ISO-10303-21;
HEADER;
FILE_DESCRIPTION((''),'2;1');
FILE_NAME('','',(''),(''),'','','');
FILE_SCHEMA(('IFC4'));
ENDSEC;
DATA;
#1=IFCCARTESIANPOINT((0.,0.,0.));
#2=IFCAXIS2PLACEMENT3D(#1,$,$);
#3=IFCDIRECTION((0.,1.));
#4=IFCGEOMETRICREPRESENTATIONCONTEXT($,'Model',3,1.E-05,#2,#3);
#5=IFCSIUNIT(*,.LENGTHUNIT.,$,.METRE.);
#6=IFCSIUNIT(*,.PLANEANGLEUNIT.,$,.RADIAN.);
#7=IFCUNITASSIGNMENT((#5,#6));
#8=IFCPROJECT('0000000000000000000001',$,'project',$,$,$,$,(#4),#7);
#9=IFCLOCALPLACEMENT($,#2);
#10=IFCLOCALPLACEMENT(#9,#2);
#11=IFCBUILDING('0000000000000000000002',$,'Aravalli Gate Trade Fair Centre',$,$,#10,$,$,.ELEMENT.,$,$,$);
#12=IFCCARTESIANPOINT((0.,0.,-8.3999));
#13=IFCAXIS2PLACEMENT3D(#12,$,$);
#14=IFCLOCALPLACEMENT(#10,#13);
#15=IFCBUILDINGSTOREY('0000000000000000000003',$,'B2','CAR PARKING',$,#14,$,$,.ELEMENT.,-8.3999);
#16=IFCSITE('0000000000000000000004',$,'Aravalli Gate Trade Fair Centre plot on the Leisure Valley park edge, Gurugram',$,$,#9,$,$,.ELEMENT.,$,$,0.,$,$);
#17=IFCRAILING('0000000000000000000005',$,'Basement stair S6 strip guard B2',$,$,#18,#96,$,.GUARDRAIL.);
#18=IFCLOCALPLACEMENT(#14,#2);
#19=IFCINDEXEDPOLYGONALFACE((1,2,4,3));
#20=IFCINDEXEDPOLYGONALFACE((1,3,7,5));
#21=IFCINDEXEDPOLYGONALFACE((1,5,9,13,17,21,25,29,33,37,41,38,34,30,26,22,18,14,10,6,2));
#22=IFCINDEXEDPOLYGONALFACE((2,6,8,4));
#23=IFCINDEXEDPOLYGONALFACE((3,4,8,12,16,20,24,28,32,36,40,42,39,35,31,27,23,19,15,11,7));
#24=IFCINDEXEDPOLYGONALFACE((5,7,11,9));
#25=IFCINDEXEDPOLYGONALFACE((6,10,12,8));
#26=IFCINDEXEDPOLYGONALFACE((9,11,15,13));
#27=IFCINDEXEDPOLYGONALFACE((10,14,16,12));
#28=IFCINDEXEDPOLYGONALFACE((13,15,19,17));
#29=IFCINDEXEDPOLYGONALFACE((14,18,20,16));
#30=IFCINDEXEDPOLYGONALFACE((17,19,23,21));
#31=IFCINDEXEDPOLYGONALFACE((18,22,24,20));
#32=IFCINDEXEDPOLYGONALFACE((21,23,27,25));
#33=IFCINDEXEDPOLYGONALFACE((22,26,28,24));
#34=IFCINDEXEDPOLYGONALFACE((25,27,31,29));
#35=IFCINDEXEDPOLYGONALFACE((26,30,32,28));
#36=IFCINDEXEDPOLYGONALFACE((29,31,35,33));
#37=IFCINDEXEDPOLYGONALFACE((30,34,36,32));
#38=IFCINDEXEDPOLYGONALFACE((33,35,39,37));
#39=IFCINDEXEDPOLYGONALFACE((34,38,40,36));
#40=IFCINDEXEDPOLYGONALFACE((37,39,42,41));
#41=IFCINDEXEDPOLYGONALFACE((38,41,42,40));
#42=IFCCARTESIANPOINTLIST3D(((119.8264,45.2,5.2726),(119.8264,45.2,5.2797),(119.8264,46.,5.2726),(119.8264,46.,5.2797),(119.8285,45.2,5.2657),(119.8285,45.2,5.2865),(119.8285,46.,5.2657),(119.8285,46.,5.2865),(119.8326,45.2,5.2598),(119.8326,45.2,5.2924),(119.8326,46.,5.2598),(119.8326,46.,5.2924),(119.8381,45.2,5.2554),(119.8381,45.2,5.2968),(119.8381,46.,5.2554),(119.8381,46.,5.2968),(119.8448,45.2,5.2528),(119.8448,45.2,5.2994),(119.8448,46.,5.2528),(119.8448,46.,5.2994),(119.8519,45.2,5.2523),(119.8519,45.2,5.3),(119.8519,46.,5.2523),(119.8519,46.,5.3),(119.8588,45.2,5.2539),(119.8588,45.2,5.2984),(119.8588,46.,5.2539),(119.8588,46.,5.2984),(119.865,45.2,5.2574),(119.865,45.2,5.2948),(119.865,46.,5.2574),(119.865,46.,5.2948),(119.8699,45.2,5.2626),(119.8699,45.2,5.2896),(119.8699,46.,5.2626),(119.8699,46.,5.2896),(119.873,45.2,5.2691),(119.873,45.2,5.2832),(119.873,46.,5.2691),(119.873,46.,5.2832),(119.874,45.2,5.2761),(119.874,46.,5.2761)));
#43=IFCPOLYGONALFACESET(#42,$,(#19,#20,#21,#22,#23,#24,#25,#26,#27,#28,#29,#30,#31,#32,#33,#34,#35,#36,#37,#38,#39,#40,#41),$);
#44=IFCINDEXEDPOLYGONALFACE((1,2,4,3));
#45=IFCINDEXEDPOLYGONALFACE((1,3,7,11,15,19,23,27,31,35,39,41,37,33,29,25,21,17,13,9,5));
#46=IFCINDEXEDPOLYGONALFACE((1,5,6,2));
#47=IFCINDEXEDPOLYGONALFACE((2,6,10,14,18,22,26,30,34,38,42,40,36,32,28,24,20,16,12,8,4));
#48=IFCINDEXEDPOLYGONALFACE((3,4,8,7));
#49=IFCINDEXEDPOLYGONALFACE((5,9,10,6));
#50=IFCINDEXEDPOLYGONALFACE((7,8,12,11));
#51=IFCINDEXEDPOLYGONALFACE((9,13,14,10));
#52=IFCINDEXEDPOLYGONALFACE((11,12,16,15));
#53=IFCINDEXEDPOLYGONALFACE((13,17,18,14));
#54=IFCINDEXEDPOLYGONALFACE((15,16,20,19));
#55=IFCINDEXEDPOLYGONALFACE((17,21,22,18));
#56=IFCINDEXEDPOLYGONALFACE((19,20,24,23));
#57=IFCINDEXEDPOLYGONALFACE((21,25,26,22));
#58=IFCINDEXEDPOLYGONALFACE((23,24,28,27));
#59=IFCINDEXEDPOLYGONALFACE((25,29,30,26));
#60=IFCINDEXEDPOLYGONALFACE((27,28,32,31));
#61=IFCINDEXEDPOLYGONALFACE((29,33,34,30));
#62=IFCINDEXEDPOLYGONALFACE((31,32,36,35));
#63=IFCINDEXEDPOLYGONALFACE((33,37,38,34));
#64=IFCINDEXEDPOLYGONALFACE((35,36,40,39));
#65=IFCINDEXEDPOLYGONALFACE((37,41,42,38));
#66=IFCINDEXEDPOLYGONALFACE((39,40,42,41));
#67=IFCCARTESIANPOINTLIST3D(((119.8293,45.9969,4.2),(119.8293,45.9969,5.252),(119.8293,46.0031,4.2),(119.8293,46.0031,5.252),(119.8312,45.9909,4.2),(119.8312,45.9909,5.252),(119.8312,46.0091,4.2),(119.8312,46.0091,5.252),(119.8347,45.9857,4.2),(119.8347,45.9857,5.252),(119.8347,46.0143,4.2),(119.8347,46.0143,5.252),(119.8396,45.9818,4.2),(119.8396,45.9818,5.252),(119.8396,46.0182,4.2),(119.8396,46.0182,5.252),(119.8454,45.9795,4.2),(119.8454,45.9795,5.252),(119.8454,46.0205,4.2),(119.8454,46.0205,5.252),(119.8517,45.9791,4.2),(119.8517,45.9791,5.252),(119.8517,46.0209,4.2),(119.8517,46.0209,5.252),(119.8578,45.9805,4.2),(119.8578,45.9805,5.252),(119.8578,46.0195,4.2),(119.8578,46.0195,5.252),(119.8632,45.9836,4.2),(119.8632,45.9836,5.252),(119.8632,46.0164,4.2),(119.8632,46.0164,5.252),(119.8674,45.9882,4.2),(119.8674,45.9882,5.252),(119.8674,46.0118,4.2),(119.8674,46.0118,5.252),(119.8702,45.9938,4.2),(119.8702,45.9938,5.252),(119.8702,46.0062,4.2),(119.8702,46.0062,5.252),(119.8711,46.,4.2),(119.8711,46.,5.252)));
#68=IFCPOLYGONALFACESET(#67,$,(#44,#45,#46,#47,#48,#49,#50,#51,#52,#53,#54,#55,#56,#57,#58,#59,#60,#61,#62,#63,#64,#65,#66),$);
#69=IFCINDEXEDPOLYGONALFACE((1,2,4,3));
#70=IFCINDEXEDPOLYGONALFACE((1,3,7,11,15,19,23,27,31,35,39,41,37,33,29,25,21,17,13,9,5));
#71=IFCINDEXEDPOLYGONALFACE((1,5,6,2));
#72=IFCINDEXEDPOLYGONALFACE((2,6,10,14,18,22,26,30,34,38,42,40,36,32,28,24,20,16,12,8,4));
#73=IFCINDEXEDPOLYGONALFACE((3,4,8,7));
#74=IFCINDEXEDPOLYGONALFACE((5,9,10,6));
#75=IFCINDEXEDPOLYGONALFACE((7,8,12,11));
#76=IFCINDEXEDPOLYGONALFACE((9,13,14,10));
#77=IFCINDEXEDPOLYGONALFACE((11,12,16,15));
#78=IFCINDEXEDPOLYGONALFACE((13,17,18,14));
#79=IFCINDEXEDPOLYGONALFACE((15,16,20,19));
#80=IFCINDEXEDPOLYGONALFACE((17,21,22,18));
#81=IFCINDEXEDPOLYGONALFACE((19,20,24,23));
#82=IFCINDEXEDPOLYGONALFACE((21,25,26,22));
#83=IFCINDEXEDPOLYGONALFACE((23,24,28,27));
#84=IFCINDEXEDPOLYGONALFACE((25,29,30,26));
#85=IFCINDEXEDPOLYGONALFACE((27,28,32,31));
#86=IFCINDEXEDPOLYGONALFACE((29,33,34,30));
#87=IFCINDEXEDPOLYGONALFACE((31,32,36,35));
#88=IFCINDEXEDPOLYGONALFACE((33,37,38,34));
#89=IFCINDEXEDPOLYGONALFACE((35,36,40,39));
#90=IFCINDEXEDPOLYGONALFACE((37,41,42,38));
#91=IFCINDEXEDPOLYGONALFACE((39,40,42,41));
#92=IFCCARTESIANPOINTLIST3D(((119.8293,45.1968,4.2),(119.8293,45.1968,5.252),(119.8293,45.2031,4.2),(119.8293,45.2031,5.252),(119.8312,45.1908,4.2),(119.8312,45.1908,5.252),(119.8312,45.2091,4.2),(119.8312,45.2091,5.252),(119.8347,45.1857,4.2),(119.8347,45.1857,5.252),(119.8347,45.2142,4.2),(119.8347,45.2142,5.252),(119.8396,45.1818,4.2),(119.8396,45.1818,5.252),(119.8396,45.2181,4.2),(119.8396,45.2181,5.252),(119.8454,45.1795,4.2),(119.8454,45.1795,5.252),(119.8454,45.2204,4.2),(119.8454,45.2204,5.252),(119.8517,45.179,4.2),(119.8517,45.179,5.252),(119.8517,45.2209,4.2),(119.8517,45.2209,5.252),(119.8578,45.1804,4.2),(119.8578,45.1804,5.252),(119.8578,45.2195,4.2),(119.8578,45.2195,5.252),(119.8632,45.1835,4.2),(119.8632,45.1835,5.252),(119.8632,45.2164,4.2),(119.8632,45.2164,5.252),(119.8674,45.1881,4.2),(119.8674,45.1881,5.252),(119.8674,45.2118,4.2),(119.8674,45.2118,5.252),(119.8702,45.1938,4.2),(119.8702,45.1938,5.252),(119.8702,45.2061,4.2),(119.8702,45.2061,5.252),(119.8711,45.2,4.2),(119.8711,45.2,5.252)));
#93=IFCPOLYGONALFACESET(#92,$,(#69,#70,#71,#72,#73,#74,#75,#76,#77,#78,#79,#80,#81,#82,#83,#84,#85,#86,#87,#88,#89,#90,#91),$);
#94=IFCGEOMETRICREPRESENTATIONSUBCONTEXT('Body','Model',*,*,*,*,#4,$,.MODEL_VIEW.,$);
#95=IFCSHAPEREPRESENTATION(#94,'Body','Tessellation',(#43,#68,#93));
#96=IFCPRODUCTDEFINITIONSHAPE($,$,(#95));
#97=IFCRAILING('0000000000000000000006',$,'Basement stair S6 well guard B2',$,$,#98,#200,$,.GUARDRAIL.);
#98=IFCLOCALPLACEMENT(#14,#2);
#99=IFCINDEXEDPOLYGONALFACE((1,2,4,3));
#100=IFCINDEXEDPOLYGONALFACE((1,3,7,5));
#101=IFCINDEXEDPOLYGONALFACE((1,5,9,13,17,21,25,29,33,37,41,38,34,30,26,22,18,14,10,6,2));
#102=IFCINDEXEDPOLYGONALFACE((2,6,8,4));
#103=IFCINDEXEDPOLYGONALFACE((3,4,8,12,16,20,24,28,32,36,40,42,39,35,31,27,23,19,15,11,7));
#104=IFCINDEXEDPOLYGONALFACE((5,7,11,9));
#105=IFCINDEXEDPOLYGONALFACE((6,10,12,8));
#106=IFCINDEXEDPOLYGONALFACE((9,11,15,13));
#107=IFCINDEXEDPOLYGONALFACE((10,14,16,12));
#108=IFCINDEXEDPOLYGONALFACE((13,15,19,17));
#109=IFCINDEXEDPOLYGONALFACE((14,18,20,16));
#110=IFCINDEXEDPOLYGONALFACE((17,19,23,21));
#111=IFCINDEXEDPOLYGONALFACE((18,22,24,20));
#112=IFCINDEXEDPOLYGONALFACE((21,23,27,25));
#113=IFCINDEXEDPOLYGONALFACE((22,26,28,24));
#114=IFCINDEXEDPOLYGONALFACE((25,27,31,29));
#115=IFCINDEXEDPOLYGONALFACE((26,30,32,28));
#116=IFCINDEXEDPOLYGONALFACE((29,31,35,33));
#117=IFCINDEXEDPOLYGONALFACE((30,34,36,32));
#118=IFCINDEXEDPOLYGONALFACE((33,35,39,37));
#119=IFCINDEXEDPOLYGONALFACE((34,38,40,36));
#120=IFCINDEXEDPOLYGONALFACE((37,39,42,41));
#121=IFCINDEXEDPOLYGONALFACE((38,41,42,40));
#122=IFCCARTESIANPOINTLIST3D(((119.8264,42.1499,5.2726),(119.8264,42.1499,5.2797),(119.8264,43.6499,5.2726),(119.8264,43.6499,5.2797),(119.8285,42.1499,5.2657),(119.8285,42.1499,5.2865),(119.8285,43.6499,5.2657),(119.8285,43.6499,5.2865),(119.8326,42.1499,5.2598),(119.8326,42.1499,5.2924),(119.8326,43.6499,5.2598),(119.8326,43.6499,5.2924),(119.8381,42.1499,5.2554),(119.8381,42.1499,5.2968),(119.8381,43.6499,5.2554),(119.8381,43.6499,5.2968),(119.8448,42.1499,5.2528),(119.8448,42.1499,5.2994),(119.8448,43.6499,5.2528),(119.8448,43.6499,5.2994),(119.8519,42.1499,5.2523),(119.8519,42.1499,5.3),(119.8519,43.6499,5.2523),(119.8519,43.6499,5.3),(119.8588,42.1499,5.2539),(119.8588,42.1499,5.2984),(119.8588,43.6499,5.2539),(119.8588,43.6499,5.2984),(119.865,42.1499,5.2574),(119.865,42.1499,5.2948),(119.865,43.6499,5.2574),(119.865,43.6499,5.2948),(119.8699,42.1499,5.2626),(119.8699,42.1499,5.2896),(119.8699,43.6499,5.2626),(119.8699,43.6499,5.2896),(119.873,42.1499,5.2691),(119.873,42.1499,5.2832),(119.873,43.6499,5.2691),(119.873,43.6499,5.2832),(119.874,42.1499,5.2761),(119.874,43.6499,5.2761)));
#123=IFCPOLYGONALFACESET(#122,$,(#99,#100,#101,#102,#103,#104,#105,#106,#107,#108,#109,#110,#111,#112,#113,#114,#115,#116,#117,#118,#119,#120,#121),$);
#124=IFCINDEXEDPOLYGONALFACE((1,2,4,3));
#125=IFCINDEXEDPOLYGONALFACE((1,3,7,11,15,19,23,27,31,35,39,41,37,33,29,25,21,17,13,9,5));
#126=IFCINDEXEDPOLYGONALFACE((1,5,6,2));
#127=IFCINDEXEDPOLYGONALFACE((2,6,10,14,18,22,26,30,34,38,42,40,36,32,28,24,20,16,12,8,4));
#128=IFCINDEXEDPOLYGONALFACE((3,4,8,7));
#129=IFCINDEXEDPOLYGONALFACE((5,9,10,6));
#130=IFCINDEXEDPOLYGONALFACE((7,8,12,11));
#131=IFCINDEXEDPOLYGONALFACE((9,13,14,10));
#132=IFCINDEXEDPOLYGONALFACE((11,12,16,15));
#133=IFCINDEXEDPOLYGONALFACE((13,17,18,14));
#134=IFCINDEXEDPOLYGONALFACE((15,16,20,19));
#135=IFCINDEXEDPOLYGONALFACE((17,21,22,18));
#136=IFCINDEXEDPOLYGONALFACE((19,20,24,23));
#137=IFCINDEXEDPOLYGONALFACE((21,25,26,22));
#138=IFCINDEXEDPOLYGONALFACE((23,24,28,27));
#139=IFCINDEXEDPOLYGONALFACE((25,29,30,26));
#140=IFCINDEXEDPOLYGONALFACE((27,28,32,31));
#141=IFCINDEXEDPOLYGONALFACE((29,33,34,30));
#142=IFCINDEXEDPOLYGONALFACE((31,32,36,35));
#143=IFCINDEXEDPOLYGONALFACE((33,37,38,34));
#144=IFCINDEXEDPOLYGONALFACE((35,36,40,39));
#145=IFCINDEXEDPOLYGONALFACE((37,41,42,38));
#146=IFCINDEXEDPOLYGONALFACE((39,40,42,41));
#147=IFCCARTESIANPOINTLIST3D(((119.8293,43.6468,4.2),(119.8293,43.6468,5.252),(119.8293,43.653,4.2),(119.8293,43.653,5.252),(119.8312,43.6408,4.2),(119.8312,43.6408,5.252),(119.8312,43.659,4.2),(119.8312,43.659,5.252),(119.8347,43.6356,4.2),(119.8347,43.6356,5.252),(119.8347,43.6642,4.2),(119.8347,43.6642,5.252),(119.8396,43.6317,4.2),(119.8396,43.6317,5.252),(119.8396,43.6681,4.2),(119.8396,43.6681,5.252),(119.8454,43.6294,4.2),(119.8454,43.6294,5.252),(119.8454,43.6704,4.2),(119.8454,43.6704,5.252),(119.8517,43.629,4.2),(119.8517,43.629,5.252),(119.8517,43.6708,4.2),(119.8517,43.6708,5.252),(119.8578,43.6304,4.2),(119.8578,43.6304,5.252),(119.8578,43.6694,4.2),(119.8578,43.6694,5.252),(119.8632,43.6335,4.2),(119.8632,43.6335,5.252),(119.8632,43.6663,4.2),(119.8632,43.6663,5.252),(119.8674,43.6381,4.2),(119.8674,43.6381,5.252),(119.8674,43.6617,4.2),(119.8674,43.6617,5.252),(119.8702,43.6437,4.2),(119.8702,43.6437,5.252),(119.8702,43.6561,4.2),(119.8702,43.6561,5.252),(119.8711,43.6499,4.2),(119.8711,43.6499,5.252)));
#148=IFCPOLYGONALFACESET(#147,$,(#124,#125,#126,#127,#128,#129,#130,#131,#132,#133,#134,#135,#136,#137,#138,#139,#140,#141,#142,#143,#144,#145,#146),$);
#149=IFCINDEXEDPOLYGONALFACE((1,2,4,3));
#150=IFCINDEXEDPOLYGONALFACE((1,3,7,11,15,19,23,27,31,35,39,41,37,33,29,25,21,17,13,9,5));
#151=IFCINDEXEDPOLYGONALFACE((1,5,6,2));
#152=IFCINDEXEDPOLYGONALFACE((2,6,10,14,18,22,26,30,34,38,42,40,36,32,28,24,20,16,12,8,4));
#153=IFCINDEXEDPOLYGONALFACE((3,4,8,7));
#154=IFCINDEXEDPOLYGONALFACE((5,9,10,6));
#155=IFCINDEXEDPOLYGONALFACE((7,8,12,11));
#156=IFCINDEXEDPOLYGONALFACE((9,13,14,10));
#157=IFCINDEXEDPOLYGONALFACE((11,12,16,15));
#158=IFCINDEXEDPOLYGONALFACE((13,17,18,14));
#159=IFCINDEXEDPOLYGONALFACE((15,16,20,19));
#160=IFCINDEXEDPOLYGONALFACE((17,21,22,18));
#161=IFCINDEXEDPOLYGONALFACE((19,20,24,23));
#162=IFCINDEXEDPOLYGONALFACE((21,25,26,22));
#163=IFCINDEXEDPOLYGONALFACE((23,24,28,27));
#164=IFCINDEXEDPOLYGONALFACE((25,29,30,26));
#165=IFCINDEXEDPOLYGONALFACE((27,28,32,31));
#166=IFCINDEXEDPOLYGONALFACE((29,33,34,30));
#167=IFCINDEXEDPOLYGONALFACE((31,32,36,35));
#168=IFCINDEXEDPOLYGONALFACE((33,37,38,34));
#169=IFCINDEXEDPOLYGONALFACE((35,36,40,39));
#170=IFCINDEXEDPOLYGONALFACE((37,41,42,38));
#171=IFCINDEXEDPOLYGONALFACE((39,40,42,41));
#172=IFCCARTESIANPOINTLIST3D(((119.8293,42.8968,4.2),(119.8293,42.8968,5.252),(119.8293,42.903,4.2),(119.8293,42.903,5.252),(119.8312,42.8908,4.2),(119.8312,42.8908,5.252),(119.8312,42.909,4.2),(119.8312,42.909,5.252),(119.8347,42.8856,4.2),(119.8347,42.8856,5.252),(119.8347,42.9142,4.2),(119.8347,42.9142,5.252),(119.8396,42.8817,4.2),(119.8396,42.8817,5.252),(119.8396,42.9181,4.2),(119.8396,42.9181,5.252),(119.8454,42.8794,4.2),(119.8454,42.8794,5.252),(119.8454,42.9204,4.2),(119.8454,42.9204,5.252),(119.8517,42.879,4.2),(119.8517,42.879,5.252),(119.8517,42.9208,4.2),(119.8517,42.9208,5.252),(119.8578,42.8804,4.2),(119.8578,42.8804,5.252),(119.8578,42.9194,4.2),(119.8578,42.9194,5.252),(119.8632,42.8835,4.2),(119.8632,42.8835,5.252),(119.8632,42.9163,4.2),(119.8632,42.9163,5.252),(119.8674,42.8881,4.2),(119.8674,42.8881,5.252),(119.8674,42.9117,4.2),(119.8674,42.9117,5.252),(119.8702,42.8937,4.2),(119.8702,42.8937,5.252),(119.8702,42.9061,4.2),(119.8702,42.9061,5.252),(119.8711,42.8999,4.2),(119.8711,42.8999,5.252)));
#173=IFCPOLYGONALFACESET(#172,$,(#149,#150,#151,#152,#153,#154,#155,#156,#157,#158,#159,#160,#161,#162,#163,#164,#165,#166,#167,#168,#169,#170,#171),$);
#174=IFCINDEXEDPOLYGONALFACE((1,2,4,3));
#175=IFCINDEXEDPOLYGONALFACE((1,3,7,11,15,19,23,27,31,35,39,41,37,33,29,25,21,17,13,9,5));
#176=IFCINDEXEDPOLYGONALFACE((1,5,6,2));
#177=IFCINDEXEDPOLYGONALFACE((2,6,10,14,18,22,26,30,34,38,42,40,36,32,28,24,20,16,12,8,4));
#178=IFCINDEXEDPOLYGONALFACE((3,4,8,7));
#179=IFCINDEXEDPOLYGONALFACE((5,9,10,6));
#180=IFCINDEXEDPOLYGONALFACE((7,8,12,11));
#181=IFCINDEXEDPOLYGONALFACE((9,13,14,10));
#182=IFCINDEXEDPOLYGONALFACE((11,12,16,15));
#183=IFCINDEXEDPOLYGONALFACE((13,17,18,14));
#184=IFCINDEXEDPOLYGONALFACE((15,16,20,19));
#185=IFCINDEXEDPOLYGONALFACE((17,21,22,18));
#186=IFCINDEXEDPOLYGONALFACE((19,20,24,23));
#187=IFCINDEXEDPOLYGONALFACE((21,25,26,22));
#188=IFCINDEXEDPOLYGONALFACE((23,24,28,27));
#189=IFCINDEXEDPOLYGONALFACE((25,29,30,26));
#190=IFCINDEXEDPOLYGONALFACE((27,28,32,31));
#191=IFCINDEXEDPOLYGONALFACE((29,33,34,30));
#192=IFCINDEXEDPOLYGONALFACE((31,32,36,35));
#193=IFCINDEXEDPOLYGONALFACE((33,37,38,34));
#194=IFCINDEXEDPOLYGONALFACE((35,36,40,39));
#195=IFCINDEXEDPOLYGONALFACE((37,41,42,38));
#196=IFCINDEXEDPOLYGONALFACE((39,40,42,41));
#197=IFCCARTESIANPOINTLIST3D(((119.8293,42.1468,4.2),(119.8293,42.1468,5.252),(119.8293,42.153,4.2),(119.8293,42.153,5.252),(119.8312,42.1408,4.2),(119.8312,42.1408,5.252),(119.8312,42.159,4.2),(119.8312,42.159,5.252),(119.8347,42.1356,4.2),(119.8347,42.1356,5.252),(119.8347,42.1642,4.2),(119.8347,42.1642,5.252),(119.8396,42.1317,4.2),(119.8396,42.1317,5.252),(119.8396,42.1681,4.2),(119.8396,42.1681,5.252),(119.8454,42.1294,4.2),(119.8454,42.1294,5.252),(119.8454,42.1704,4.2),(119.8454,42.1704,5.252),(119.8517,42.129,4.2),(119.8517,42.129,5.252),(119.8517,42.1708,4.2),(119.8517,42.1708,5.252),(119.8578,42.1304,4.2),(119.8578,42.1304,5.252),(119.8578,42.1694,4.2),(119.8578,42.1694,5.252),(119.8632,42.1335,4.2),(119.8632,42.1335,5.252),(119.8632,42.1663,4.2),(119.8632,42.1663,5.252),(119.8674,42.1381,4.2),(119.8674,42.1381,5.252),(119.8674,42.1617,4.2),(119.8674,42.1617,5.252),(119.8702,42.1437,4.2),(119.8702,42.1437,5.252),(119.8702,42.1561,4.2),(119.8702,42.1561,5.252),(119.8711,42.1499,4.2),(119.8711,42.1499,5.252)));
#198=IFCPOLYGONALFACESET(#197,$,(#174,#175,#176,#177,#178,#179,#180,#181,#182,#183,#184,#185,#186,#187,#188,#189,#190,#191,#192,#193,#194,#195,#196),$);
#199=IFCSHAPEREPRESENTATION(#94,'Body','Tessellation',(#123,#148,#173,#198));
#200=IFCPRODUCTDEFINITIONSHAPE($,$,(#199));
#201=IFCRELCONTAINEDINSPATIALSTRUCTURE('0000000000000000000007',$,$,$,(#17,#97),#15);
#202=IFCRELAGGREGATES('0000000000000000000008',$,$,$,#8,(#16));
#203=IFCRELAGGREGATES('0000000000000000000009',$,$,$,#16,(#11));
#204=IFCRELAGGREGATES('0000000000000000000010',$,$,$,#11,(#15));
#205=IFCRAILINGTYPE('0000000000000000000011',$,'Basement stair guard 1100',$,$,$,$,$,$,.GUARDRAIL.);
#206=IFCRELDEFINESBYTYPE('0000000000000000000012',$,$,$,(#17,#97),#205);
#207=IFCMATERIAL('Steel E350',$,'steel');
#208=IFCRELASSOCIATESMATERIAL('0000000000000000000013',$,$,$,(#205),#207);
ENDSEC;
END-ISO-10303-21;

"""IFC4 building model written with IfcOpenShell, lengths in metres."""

from ifc_helpers import new_model, si_unit, direction, frame, origin, origin_2d, place, context, subcontext, project, spatial, circle, extrude, material, type_object, element, save


model = new_model("IFC4")

# Units and contexts
model_context = context("Model", 3, precision=1e-05, world=origin(), true_north=direction((0.0, 1.0)))
body_context = subcontext(model_context, "Body", "Model", "MODEL_VIEW")
ifc_project = project(units=[si_unit("LENGTHUNIT", "METRE"), si_unit("PLANEANGLEUNIT", "RADIAN")], contexts=[model_context])

# Site, building, storey
site_placement = place(None, origin())
site = spatial("IfcSite", under=ifc_project, at=site_placement, Name="Aravalli Gate Trade Fair Centre plot on the Leisure Valley park edge, Gurugram", CompositionType="ELEMENT", RefElevation=0.0)
building_placement = place(site_placement, origin())
building = spatial("IfcBuilding", under=site, at=building_placement, Name="Aravalli Gate Trade Fair Centre", CompositionType="ELEMENT")
storey_placement = place(building_placement, frame((0.0, 0.0, -8.3999)))
storey = spatial("IfcBuildingStorey", under=building, at=storey_placement, Name="B2", Description="CAR PARKING", CompositionType="ELEMENT", Elevation=-8.3999)

# Railings
ifc_material_1 = material(Name="Steel E350", Category="steel")
railing_type_1 = type_object("IfcRailingType", Name="Basement stair guard 1100", PredefinedType="GUARDRAIL", material=ifc_material_1)
railing_1_placement = place(storey_placement, frame((119.8501, 46.0, 4.2)))
element("IfcRailing", 1, at=railing_1_placement, inside=storey, type_object=railing_type_1, Name="Basement stair S6 strip guard B2", PredefinedType="GUARDRAIL", context=body_context, shape_type="SweptSolid", body=[
    extrude(circle(Radius=0.0239, at=origin_2d()), frame((0.0, 0.0, 1.0762), z_axis=(0.0, -1.0, 0.0), x_axis=(1.0, 0.0, 0.0)), (0.0, 0.0, 1.0), 0.8),
    extrude(circle(Radius=0.021, at=origin_2d()), origin(), (0.0, 0.0, 1.0), 1.052),
    extrude(circle(Radius=0.021, at=origin_2d()), frame((0.0, -0.8, 0.0)), (0.0, 0.0, 1.0), 1.052),
])
railing_2_placement = place(storey_placement, frame((119.8501, 43.6499, 4.2)))
element("IfcRailing", 2, at=railing_2_placement, inside=storey, type_object=railing_type_1, Name="Basement stair S6 well guard B2", PredefinedType="GUARDRAIL", context=body_context, shape_type="SweptSolid", body=[
    extrude(circle(Radius=0.0239, at=origin_2d()), frame((0.0, 0.0, 1.0762), z_axis=(0.0, -1.0, 0.0), x_axis=(1.0, 0.0, 0.0)), (0.0, 0.0, 1.0), 1.5),
    extrude(circle(Radius=0.021, at=origin_2d()), origin(), (0.0, 0.0, 1.0), 1.052),
    extrude(circle(Radius=0.021, at=origin_2d()), frame((0.0, -0.75, 0.0)), (0.0, 0.0, 1.0), 1.052),
    extrude(circle(Radius=0.021, at=origin_2d()), frame((0.0, -1.5, 0.0)), (0.0, 0.0, 1.0), 1.052),
])

save(model, "model.ifc")
